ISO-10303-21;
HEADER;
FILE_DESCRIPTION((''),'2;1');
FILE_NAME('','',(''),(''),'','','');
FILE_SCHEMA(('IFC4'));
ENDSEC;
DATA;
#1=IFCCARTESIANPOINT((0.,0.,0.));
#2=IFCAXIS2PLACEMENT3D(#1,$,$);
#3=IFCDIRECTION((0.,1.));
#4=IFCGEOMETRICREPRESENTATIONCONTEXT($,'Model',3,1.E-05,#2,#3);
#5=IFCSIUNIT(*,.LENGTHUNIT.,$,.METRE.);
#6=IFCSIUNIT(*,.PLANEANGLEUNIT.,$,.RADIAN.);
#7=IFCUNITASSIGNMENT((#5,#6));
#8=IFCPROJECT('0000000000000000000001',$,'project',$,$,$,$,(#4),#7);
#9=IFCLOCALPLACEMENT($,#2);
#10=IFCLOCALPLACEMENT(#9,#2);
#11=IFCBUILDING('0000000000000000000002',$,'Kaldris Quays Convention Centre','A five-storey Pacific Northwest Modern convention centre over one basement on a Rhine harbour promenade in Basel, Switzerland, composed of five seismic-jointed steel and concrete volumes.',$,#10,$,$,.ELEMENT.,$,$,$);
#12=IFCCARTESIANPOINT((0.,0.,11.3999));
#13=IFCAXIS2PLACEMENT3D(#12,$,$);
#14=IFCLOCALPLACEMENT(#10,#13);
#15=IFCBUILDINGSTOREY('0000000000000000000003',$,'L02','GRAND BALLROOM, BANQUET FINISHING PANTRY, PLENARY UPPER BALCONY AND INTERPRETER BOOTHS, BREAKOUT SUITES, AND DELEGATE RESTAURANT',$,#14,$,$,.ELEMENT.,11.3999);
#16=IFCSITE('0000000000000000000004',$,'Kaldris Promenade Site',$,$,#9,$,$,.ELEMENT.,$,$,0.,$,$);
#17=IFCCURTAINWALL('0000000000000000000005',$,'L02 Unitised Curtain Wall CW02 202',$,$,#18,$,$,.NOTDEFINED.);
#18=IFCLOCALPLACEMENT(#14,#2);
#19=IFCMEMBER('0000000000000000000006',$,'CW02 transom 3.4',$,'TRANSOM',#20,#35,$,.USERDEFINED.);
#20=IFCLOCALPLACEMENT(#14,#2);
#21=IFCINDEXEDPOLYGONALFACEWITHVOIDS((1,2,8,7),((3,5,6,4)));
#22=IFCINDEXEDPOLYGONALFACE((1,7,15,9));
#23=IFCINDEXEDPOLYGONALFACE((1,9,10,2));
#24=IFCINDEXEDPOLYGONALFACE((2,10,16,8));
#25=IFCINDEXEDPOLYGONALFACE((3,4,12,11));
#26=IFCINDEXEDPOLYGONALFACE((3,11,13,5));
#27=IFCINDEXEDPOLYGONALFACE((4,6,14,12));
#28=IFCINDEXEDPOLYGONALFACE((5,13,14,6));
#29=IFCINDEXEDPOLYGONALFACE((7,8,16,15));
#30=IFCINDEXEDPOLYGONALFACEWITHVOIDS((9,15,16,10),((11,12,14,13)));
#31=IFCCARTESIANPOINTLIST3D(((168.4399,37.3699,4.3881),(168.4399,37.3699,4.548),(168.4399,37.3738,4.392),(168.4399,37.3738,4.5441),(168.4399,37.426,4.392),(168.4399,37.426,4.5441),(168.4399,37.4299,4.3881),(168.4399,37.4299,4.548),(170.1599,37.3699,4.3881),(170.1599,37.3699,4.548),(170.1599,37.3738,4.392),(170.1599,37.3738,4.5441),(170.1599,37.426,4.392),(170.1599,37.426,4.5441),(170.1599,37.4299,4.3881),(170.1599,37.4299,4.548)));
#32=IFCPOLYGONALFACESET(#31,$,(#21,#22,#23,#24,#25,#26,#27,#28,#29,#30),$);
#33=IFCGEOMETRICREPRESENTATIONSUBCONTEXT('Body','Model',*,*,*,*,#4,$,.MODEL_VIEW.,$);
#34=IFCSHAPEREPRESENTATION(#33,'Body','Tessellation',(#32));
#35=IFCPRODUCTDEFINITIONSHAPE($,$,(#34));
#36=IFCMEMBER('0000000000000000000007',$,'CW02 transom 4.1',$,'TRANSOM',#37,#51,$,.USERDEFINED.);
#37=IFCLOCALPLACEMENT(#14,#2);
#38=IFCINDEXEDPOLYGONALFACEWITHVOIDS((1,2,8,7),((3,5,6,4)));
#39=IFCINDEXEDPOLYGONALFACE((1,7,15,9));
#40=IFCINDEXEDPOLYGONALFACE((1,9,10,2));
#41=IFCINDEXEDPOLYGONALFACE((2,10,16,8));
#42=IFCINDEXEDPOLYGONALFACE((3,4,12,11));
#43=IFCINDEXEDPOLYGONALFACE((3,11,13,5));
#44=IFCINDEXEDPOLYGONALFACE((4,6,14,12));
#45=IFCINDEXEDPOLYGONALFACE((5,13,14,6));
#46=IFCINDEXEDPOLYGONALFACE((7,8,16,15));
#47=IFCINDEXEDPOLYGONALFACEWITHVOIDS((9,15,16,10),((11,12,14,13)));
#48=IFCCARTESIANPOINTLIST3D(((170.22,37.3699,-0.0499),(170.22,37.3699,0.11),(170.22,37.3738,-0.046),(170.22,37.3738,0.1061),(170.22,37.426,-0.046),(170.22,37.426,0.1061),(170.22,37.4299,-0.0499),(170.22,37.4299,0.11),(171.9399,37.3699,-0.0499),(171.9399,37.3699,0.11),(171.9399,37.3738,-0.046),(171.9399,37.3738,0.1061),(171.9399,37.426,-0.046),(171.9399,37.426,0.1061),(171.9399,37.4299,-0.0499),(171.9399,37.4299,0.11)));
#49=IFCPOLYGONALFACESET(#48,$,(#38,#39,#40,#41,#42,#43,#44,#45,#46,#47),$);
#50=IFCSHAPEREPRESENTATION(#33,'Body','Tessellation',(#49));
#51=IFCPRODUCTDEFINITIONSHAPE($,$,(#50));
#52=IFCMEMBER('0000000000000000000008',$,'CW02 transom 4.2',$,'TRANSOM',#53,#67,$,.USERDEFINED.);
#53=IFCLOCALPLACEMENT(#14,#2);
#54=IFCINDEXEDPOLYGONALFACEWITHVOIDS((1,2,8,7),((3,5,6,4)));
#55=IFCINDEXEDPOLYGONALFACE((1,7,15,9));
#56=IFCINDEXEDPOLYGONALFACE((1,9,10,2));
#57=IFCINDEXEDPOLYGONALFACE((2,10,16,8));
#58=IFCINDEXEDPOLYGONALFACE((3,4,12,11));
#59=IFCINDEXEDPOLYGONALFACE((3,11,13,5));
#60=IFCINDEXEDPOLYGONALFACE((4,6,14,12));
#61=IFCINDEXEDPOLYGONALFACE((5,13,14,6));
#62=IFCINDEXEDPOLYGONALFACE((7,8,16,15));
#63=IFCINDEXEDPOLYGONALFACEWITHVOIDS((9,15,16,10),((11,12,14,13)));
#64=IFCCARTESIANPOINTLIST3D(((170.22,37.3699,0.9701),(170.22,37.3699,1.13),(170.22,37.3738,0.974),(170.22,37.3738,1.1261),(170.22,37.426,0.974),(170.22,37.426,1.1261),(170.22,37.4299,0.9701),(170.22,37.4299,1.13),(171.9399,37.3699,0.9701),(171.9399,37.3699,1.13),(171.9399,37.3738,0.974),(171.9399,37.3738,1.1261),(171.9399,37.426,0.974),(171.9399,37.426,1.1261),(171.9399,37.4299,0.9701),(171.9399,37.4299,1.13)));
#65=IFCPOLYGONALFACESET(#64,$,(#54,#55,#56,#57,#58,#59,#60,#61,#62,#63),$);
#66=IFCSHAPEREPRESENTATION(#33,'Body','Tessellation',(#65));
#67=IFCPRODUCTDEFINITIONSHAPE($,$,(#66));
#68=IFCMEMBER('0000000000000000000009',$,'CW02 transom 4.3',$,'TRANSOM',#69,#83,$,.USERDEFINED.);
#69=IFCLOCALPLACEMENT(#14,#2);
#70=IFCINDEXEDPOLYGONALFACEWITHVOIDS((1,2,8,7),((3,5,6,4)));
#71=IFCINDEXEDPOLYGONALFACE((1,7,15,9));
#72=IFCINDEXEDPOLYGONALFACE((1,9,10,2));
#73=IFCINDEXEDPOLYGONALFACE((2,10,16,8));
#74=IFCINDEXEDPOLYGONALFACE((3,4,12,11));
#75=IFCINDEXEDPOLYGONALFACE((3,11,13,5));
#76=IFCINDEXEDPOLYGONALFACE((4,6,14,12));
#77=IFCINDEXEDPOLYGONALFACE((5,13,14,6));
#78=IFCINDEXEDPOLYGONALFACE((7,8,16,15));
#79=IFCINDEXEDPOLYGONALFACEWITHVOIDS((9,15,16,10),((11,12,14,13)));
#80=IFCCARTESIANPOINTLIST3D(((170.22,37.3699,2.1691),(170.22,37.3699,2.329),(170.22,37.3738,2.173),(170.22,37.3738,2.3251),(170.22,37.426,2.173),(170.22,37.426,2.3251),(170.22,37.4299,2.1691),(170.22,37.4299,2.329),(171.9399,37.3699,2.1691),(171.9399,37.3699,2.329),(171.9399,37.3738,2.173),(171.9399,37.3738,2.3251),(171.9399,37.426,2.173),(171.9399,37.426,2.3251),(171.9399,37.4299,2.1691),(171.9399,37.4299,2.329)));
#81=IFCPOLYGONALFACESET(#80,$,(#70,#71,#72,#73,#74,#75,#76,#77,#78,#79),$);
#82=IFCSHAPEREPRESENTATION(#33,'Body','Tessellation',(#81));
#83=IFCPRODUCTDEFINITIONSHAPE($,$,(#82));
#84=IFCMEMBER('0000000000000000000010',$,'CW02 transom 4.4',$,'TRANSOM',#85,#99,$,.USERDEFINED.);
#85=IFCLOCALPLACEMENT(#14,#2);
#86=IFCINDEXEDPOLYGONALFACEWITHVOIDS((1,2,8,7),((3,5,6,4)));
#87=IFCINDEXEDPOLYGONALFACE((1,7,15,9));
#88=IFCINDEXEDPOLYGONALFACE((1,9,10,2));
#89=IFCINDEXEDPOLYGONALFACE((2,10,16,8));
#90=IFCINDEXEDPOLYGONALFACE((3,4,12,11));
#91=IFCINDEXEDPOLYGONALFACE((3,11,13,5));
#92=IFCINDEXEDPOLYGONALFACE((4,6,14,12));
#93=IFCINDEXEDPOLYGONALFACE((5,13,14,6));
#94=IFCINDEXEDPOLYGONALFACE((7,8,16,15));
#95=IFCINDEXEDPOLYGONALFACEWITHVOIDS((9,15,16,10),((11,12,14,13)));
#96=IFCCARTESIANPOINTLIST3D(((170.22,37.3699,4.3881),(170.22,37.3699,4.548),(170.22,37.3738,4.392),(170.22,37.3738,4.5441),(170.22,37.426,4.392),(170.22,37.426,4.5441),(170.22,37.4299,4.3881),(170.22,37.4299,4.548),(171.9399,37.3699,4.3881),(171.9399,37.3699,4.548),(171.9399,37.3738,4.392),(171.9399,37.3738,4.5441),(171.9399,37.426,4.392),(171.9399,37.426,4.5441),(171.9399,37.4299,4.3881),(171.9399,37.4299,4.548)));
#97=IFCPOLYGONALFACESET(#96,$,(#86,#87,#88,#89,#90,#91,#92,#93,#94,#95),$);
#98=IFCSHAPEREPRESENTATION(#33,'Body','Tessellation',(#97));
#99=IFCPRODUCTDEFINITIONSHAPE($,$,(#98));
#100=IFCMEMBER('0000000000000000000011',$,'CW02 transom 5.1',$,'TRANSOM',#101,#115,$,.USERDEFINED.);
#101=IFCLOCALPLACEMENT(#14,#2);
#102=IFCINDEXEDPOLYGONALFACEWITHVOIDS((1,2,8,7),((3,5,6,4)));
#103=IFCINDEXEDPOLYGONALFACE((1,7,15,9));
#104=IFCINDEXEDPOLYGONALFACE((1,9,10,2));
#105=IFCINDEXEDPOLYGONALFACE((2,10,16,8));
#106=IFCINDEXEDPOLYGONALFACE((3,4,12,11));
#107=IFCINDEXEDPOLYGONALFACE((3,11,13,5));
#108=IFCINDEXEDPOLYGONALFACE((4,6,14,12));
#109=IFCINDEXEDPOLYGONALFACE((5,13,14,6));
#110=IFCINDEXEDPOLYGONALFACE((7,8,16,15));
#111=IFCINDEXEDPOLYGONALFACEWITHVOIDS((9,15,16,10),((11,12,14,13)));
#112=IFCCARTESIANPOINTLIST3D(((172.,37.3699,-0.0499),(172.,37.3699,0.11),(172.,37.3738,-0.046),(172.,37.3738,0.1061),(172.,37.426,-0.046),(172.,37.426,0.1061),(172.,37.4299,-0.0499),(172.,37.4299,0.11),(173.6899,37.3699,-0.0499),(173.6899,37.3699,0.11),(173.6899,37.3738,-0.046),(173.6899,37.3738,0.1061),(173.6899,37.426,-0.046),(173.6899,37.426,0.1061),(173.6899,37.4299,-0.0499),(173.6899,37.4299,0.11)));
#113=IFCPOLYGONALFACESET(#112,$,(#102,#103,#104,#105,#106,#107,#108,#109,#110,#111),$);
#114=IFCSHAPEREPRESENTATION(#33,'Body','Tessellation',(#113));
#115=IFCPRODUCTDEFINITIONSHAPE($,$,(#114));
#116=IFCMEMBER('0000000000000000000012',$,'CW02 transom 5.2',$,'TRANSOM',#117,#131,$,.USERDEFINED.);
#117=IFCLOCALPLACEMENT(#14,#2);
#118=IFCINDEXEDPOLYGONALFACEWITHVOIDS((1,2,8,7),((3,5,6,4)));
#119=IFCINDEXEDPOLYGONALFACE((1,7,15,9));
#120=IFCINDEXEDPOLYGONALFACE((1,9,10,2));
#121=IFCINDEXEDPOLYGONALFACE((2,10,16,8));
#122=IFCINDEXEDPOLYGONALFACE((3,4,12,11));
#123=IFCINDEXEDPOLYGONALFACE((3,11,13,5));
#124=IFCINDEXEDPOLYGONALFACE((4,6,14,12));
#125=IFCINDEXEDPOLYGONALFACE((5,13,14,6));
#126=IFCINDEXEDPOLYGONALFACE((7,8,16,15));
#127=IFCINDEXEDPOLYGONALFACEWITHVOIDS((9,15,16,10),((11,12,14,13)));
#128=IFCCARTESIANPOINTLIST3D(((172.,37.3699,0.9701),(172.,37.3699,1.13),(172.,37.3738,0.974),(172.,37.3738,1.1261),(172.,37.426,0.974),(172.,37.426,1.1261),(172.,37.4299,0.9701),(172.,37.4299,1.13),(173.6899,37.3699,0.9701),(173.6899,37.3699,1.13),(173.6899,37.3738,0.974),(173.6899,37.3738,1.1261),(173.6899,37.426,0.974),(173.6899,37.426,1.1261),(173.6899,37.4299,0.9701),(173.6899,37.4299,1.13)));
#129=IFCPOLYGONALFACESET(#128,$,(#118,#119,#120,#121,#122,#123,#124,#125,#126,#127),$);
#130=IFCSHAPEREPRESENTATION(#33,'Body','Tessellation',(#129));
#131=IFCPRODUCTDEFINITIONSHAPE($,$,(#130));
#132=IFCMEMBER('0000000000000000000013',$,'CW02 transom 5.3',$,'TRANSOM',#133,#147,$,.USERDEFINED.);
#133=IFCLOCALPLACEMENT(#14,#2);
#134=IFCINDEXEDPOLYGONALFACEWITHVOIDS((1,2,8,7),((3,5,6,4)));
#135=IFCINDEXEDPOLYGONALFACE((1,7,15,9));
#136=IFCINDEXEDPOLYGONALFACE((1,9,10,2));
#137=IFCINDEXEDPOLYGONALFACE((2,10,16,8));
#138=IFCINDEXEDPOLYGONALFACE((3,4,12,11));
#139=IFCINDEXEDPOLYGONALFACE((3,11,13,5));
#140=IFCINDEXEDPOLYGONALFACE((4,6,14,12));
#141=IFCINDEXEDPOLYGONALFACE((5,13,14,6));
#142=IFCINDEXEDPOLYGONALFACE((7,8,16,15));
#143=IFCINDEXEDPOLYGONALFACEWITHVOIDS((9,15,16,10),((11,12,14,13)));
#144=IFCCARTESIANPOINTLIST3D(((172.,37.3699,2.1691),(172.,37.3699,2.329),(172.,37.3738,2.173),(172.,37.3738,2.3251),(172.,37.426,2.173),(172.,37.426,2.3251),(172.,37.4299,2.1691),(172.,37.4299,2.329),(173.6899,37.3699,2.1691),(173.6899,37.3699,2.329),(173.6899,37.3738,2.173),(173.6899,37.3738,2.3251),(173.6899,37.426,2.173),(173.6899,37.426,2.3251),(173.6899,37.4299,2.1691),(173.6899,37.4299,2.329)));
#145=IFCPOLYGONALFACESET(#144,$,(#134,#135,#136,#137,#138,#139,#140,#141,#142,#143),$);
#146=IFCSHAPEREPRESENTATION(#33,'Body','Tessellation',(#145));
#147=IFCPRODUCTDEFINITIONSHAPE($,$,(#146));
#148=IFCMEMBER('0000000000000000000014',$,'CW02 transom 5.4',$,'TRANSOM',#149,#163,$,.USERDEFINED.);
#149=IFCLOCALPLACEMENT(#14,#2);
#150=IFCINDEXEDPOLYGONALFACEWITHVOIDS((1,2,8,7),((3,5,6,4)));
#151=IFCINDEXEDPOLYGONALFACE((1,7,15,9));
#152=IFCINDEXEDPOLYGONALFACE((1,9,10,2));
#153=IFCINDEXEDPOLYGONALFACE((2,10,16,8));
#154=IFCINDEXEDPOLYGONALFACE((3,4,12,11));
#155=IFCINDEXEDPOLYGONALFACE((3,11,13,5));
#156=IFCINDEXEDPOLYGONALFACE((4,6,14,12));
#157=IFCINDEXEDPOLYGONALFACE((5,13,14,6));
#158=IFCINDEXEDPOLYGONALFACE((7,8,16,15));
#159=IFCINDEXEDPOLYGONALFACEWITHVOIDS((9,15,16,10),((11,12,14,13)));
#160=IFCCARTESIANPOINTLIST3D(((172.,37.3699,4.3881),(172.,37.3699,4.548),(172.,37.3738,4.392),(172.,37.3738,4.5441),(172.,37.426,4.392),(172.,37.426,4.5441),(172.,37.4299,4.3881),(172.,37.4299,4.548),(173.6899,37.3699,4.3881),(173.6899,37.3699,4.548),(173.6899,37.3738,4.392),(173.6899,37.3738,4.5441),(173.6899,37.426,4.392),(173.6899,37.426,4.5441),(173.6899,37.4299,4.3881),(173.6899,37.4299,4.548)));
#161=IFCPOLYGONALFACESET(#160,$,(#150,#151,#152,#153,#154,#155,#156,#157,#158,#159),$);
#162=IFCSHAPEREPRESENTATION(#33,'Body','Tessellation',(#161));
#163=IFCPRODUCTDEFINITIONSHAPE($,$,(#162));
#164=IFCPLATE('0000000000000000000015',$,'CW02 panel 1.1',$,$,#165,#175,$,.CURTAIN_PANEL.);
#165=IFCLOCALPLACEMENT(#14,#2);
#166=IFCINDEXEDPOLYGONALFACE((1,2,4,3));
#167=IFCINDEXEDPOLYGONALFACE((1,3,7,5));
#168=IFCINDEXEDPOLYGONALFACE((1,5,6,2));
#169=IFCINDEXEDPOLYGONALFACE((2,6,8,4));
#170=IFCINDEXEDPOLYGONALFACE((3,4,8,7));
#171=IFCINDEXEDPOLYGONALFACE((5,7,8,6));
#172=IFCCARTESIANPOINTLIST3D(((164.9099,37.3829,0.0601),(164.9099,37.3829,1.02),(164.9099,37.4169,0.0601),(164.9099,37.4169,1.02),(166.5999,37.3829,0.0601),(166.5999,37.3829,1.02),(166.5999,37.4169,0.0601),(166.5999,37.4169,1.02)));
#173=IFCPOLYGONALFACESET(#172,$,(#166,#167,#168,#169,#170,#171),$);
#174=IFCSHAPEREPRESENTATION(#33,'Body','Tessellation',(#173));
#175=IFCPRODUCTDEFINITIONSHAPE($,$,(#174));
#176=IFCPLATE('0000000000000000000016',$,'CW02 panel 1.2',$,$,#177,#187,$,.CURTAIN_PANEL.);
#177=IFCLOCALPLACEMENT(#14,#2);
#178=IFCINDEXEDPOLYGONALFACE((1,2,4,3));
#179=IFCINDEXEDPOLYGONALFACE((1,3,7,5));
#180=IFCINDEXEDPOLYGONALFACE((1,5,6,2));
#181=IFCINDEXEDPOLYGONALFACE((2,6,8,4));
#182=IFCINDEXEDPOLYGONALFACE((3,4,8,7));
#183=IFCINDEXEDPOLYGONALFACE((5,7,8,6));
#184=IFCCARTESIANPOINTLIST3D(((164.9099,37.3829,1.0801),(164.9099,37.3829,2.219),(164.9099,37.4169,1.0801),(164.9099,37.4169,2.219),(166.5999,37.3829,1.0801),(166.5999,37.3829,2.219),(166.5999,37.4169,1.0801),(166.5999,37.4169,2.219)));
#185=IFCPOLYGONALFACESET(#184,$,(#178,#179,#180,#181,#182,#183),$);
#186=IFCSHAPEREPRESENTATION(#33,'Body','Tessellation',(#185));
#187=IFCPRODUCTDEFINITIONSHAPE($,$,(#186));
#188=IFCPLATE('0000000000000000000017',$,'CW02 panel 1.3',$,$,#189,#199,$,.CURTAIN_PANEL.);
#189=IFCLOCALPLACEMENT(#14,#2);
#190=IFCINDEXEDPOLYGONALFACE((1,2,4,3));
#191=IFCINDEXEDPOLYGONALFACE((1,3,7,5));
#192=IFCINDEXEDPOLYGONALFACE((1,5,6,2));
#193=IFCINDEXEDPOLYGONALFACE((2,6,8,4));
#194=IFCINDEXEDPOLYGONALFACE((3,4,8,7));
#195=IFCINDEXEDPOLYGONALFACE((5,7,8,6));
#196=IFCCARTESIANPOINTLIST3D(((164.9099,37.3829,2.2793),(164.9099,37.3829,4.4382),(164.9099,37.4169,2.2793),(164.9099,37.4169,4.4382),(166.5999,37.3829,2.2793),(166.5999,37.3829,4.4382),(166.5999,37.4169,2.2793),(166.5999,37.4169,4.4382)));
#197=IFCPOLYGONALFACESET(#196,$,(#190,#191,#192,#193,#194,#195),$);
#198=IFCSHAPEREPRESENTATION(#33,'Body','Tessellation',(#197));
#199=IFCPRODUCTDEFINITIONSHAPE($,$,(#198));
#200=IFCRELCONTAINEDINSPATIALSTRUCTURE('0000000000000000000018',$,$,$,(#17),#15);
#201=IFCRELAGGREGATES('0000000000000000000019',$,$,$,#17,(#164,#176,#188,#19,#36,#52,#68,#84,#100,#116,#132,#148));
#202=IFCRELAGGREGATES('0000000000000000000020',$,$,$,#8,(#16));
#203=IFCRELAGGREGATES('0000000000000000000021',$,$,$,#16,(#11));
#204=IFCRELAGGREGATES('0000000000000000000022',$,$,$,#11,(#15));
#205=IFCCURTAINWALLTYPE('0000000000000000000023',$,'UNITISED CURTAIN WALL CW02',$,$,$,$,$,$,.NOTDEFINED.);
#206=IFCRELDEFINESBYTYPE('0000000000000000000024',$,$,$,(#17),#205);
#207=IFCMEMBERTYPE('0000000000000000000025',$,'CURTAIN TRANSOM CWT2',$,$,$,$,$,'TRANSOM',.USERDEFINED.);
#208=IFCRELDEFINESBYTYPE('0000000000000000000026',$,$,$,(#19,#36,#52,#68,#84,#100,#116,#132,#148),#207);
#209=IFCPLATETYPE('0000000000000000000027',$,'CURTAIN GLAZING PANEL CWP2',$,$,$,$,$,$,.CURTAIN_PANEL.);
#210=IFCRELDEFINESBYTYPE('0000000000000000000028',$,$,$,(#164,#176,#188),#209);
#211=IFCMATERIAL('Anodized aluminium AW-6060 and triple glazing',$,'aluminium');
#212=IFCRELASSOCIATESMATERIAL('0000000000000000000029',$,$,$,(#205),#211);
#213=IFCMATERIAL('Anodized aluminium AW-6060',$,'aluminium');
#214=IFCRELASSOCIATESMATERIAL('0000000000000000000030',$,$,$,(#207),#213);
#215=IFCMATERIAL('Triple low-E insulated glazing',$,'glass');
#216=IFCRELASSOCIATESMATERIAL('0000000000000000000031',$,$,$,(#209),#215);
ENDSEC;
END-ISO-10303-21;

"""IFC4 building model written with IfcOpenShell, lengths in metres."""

from ifc_helpers import new_model, si_unit, direction, frame, origin, origin_2d, place, context, subcontext, project, spatial, rectangle, hollow_rectangle, extrude, material, material_profile, profile_set, type_object, element, aggregate, save


model = new_model("IFC4")

# Units and contexts
model_context = context("Model", 3, precision=1e-05, world=origin(), true_north=direction((0.0, 1.0)))
body_context = subcontext(model_context, "Body", "Model", "MODEL_VIEW")
ifc_project = project(units=[si_unit("LENGTHUNIT", "METRE"), si_unit("PLANEANGLEUNIT", "RADIAN")], contexts=[model_context])

# Site, building, storey
site_placement = place(None, origin())
site = spatial("IfcSite", under=ifc_project, at=site_placement, Name="Kaldris Promenade Site", CompositionType="ELEMENT", RefElevation=0.0)
building_placement = place(site_placement, origin())
building = spatial("IfcBuilding", under=site, at=building_placement, Name="Kaldris Quays Convention Centre", Description="A five-storey Pacific Northwest Modern convention centre over one basement on a Rhine harbour promenade in Basel, Switzerland, composed of five seismic-jointed steel and concrete volumes.", CompositionType="ELEMENT")
storey_placement = place(building_placement, frame((0.0, 0.0, 11.3999)))
storey = spatial("IfcBuildingStorey", under=building, at=storey_placement, Name="L02", Description="GRAND BALLROOM, BANQUET FINISHING PANTRY, PLENARY UPPER BALCONY AND INTERPRETER BOOTHS, BREAKOUT SUITES, AND DELEGATE RESTAURANT", CompositionType="ELEMENT", Elevation=11.3999)

# Curtain wall, members, plates
ifc_material_1 = material(Name="Anodized aluminium AW-6060 and triple glazing", Category="aluminium")
curtain_wall_type = type_object("IfcCurtainWallType", Name="UNITISED CURTAIN WALL CW02", PredefinedType="NOTDEFINED", material=ifc_material_1)
curtain_wall_placement = place(storey_placement, origin())
curtain_wall = element("IfcCurtainWall", 1, at=curtain_wall_placement, inside=storey, type_object=curtain_wall_type, Name="L02 Unitised Curtain Wall CW02 202", PredefinedType="NOTDEFINED")
ifc_material_2 = material(Name="Anodized aluminium AW-6060", Category="aluminium")
ifc_material_profile_1 = material_profile(ifc_material_2, hollow_rectangle(XDim=0.0601, YDim=0.1599, WallThickness=0.0039, at=origin_2d()), Name="RHS 160x60x4")
ifc_profile_set_1 = profile_set([ifc_material_profile_1], Name="Anodized aluminium AW-6060")
member_type_1 = type_object("IfcMemberType", Name="CURTAIN TRANSOM CWT2", ElementType="TRANSOM", PredefinedType="USERDEFINED", material=ifc_profile_set_1)
member_1_placement = place(storey_placement, frame((168.4399, 37.3999, 4.468), z_axis=(1.0, 0.0, 0.0), x_axis=(0.0, 1.0, 0.0)))
member_1 = element("IfcMember", 2, at=member_1_placement, type_object=member_type_1, Name="CW02 transom 3.4", ObjectType="TRANSOM", PredefinedType="USERDEFINED", context=body_context, shape_type="SweptSolid", body=[
    extrude(hollow_rectangle(XDim=0.0601, YDim=0.1599, WallThickness=0.0039, at=origin_2d()), origin(), (0.0, 0.0, 1.0), 1.72),
])
member_2_placement = place(storey_placement, frame((170.22, 37.3999, 0.03), z_axis=(1.0, 0.0, 0.0), x_axis=(0.0, 1.0, 0.0)))
member_2 = element("IfcMember", 3, at=member_2_placement, type_object=member_type_1, Name="CW02 transom 4.1", ObjectType="TRANSOM", PredefinedType="USERDEFINED", context=body_context, shape_type="SweptSolid", body=[
    extrude(hollow_rectangle(XDim=0.0601, YDim=0.1599, WallThickness=0.0039, at=origin_2d()), origin(), (0.0, 0.0, 1.0), 1.72),
])
member_3_placement = place(storey_placement, frame((170.22, 37.3999, 1.05), z_axis=(1.0, 0.0, 0.0), x_axis=(0.0, 1.0, 0.0)))
member_3 = element("IfcMember", 4, at=member_3_placement, type_object=member_type_1, Name="CW02 transom 4.2", ObjectType="TRANSOM", PredefinedType="USERDEFINED", context=body_context, shape_type="SweptSolid", body=[
    extrude(hollow_rectangle(XDim=0.0601, YDim=0.1599, WallThickness=0.0039, at=origin_2d()), origin(), (0.0, 0.0, 1.0), 1.72),
])
member_4_placement = place(storey_placement, frame((170.22, 37.3999, 2.249), z_axis=(1.0, 0.0, 0.0), x_axis=(0.0, 1.0, 0.0)))
member_4 = element("IfcMember", 5, at=member_4_placement, type_object=member_type_1, Name="CW02 transom 4.3", ObjectType="TRANSOM", PredefinedType="USERDEFINED", context=body_context, shape_type="SweptSolid", body=[
    extrude(hollow_rectangle(XDim=0.0601, YDim=0.1599, WallThickness=0.0039, at=origin_2d()), origin(), (0.0, 0.0, 1.0), 1.72),
])
member_5_placement = place(storey_placement, frame((170.22, 37.3999, 4.468), z_axis=(1.0, 0.0, 0.0), x_axis=(0.0, 1.0, 0.0)))
member_5 = element("IfcMember", 6, at=member_5_placement, type_object=member_type_1, Name="CW02 transom 4.4", ObjectType="TRANSOM", PredefinedType="USERDEFINED", context=body_context, shape_type="SweptSolid", body=[
    extrude(hollow_rectangle(XDim=0.0601, YDim=0.1599, WallThickness=0.0039, at=origin_2d()), origin(), (0.0, 0.0, 1.0), 1.72),
])
member_6_placement = place(storey_placement, frame((172.0, 37.3999, 0.03), z_axis=(1.0, 0.0, 0.0), x_axis=(0.0, 1.0, 0.0)))
member_6 = element("IfcMember", 7, at=member_6_placement, type_object=member_type_1, Name="CW02 transom 5.1", ObjectType="TRANSOM", PredefinedType="USERDEFINED", context=body_context, shape_type="SweptSolid", body=[
    extrude(hollow_rectangle(XDim=0.0601, YDim=0.1599, WallThickness=0.0039, at=origin_2d()), origin(), (0.0, 0.0, 1.0), 1.6899),
])
member_7_placement = place(storey_placement, frame((172.0, 37.3999, 1.05), z_axis=(1.0, 0.0, 0.0), x_axis=(0.0, 1.0, 0.0)))
member_7 = element("IfcMember", 8, at=member_7_placement, type_object=member_type_1, Name="CW02 transom 5.2", ObjectType="TRANSOM", PredefinedType="USERDEFINED", context=body_context, shape_type="SweptSolid", body=[
    extrude(hollow_rectangle(XDim=0.0601, YDim=0.1599, WallThickness=0.0039, at=origin_2d()), origin(), (0.0, 0.0, 1.0), 1.6899),
])
member_8_placement = place(storey_placement, frame((172.0, 37.3999, 2.249), z_axis=(1.0, 0.0, 0.0), x_axis=(0.0, 1.0, 0.0)))
member_8 = element("IfcMember", 9, at=member_8_placement, type_object=member_type_1, Name="CW02 transom 5.3", ObjectType="TRANSOM", PredefinedType="USERDEFINED", context=body_context, shape_type="SweptSolid", body=[
    extrude(hollow_rectangle(XDim=0.0601, YDim=0.1599, WallThickness=0.0039, at=origin_2d()), origin(), (0.0, 0.0, 1.0), 1.6899),
])
member_9_placement = place(storey_placement, frame((172.0, 37.3999, 4.468), z_axis=(1.0, 0.0, 0.0), x_axis=(0.0, 1.0, 0.0)))
member_9 = element("IfcMember", 10, at=member_9_placement, type_object=member_type_1, Name="CW02 transom 5.4", ObjectType="TRANSOM", PredefinedType="USERDEFINED", context=body_context, shape_type="SweptSolid", body=[
    extrude(hollow_rectangle(XDim=0.0601, YDim=0.1599, WallThickness=0.0039, at=origin_2d()), origin(), (0.0, 0.0, 1.0), 1.6899),
])
ifc_material_3 = material(Name="Triple low-E insulated glazing", Category="glass")
plate_type = type_object("IfcPlateType", Name="CURTAIN GLAZING PANEL CWP2", PredefinedType="CURTAIN_PANEL", material=ifc_material_3)
plate_1_placement = place(storey_placement, frame((165.7549, 37.3999, 0.0601), z_axis=(0.0, 0.0, 1.0), x_axis=(1.0, 0.0, 0.0)))
plate_1 = element("IfcPlate", 11, at=plate_1_placement, type_object=plate_type, Name="CW02 panel 1.1", PredefinedType="CURTAIN_PANEL", context=body_context, shape_type="SweptSolid", body=[
    extrude(rectangle(XDim=1.6899, YDim=0.0339, at=origin_2d()), origin(), (0.0, 0.0, 1.0), 0.96),
])
plate_2_placement = place(storey_placement, frame((165.7549, 37.3999, 1.0801), z_axis=(0.0, 0.0, 1.0), x_axis=(1.0, 0.0, 0.0)))
plate_2 = element("IfcPlate", 12, at=plate_2_placement, type_object=plate_type, Name="CW02 panel 1.2", PredefinedType="CURTAIN_PANEL", context=body_context, shape_type="SweptSolid", body=[
    extrude(rectangle(XDim=1.6899, YDim=0.0339, at=origin_2d()), origin(), (0.0, 0.0, 1.0), 1.1389),
])
plate_3_placement = place(storey_placement, frame((165.7549, 37.3999, 2.2793), z_axis=(0.0, 0.0, 1.0), x_axis=(1.0, 0.0, 0.0)))
plate_3 = element("IfcPlate", 13, at=plate_3_placement, type_object=plate_type, Name="CW02 panel 1.3", PredefinedType="CURTAIN_PANEL", context=body_context, shape_type="SweptSolid", body=[
    extrude(rectangle(XDim=1.6899, YDim=0.0339, at=origin_2d()), origin(), (0.0, 0.0, 1.0), 2.1589),
])
aggregate(curtain_wall, [plate_1, plate_2, plate_3, member_1, member_2, member_3, member_4, member_5, member_6, member_7, member_8, member_9])

save(model, "model.ifc")
